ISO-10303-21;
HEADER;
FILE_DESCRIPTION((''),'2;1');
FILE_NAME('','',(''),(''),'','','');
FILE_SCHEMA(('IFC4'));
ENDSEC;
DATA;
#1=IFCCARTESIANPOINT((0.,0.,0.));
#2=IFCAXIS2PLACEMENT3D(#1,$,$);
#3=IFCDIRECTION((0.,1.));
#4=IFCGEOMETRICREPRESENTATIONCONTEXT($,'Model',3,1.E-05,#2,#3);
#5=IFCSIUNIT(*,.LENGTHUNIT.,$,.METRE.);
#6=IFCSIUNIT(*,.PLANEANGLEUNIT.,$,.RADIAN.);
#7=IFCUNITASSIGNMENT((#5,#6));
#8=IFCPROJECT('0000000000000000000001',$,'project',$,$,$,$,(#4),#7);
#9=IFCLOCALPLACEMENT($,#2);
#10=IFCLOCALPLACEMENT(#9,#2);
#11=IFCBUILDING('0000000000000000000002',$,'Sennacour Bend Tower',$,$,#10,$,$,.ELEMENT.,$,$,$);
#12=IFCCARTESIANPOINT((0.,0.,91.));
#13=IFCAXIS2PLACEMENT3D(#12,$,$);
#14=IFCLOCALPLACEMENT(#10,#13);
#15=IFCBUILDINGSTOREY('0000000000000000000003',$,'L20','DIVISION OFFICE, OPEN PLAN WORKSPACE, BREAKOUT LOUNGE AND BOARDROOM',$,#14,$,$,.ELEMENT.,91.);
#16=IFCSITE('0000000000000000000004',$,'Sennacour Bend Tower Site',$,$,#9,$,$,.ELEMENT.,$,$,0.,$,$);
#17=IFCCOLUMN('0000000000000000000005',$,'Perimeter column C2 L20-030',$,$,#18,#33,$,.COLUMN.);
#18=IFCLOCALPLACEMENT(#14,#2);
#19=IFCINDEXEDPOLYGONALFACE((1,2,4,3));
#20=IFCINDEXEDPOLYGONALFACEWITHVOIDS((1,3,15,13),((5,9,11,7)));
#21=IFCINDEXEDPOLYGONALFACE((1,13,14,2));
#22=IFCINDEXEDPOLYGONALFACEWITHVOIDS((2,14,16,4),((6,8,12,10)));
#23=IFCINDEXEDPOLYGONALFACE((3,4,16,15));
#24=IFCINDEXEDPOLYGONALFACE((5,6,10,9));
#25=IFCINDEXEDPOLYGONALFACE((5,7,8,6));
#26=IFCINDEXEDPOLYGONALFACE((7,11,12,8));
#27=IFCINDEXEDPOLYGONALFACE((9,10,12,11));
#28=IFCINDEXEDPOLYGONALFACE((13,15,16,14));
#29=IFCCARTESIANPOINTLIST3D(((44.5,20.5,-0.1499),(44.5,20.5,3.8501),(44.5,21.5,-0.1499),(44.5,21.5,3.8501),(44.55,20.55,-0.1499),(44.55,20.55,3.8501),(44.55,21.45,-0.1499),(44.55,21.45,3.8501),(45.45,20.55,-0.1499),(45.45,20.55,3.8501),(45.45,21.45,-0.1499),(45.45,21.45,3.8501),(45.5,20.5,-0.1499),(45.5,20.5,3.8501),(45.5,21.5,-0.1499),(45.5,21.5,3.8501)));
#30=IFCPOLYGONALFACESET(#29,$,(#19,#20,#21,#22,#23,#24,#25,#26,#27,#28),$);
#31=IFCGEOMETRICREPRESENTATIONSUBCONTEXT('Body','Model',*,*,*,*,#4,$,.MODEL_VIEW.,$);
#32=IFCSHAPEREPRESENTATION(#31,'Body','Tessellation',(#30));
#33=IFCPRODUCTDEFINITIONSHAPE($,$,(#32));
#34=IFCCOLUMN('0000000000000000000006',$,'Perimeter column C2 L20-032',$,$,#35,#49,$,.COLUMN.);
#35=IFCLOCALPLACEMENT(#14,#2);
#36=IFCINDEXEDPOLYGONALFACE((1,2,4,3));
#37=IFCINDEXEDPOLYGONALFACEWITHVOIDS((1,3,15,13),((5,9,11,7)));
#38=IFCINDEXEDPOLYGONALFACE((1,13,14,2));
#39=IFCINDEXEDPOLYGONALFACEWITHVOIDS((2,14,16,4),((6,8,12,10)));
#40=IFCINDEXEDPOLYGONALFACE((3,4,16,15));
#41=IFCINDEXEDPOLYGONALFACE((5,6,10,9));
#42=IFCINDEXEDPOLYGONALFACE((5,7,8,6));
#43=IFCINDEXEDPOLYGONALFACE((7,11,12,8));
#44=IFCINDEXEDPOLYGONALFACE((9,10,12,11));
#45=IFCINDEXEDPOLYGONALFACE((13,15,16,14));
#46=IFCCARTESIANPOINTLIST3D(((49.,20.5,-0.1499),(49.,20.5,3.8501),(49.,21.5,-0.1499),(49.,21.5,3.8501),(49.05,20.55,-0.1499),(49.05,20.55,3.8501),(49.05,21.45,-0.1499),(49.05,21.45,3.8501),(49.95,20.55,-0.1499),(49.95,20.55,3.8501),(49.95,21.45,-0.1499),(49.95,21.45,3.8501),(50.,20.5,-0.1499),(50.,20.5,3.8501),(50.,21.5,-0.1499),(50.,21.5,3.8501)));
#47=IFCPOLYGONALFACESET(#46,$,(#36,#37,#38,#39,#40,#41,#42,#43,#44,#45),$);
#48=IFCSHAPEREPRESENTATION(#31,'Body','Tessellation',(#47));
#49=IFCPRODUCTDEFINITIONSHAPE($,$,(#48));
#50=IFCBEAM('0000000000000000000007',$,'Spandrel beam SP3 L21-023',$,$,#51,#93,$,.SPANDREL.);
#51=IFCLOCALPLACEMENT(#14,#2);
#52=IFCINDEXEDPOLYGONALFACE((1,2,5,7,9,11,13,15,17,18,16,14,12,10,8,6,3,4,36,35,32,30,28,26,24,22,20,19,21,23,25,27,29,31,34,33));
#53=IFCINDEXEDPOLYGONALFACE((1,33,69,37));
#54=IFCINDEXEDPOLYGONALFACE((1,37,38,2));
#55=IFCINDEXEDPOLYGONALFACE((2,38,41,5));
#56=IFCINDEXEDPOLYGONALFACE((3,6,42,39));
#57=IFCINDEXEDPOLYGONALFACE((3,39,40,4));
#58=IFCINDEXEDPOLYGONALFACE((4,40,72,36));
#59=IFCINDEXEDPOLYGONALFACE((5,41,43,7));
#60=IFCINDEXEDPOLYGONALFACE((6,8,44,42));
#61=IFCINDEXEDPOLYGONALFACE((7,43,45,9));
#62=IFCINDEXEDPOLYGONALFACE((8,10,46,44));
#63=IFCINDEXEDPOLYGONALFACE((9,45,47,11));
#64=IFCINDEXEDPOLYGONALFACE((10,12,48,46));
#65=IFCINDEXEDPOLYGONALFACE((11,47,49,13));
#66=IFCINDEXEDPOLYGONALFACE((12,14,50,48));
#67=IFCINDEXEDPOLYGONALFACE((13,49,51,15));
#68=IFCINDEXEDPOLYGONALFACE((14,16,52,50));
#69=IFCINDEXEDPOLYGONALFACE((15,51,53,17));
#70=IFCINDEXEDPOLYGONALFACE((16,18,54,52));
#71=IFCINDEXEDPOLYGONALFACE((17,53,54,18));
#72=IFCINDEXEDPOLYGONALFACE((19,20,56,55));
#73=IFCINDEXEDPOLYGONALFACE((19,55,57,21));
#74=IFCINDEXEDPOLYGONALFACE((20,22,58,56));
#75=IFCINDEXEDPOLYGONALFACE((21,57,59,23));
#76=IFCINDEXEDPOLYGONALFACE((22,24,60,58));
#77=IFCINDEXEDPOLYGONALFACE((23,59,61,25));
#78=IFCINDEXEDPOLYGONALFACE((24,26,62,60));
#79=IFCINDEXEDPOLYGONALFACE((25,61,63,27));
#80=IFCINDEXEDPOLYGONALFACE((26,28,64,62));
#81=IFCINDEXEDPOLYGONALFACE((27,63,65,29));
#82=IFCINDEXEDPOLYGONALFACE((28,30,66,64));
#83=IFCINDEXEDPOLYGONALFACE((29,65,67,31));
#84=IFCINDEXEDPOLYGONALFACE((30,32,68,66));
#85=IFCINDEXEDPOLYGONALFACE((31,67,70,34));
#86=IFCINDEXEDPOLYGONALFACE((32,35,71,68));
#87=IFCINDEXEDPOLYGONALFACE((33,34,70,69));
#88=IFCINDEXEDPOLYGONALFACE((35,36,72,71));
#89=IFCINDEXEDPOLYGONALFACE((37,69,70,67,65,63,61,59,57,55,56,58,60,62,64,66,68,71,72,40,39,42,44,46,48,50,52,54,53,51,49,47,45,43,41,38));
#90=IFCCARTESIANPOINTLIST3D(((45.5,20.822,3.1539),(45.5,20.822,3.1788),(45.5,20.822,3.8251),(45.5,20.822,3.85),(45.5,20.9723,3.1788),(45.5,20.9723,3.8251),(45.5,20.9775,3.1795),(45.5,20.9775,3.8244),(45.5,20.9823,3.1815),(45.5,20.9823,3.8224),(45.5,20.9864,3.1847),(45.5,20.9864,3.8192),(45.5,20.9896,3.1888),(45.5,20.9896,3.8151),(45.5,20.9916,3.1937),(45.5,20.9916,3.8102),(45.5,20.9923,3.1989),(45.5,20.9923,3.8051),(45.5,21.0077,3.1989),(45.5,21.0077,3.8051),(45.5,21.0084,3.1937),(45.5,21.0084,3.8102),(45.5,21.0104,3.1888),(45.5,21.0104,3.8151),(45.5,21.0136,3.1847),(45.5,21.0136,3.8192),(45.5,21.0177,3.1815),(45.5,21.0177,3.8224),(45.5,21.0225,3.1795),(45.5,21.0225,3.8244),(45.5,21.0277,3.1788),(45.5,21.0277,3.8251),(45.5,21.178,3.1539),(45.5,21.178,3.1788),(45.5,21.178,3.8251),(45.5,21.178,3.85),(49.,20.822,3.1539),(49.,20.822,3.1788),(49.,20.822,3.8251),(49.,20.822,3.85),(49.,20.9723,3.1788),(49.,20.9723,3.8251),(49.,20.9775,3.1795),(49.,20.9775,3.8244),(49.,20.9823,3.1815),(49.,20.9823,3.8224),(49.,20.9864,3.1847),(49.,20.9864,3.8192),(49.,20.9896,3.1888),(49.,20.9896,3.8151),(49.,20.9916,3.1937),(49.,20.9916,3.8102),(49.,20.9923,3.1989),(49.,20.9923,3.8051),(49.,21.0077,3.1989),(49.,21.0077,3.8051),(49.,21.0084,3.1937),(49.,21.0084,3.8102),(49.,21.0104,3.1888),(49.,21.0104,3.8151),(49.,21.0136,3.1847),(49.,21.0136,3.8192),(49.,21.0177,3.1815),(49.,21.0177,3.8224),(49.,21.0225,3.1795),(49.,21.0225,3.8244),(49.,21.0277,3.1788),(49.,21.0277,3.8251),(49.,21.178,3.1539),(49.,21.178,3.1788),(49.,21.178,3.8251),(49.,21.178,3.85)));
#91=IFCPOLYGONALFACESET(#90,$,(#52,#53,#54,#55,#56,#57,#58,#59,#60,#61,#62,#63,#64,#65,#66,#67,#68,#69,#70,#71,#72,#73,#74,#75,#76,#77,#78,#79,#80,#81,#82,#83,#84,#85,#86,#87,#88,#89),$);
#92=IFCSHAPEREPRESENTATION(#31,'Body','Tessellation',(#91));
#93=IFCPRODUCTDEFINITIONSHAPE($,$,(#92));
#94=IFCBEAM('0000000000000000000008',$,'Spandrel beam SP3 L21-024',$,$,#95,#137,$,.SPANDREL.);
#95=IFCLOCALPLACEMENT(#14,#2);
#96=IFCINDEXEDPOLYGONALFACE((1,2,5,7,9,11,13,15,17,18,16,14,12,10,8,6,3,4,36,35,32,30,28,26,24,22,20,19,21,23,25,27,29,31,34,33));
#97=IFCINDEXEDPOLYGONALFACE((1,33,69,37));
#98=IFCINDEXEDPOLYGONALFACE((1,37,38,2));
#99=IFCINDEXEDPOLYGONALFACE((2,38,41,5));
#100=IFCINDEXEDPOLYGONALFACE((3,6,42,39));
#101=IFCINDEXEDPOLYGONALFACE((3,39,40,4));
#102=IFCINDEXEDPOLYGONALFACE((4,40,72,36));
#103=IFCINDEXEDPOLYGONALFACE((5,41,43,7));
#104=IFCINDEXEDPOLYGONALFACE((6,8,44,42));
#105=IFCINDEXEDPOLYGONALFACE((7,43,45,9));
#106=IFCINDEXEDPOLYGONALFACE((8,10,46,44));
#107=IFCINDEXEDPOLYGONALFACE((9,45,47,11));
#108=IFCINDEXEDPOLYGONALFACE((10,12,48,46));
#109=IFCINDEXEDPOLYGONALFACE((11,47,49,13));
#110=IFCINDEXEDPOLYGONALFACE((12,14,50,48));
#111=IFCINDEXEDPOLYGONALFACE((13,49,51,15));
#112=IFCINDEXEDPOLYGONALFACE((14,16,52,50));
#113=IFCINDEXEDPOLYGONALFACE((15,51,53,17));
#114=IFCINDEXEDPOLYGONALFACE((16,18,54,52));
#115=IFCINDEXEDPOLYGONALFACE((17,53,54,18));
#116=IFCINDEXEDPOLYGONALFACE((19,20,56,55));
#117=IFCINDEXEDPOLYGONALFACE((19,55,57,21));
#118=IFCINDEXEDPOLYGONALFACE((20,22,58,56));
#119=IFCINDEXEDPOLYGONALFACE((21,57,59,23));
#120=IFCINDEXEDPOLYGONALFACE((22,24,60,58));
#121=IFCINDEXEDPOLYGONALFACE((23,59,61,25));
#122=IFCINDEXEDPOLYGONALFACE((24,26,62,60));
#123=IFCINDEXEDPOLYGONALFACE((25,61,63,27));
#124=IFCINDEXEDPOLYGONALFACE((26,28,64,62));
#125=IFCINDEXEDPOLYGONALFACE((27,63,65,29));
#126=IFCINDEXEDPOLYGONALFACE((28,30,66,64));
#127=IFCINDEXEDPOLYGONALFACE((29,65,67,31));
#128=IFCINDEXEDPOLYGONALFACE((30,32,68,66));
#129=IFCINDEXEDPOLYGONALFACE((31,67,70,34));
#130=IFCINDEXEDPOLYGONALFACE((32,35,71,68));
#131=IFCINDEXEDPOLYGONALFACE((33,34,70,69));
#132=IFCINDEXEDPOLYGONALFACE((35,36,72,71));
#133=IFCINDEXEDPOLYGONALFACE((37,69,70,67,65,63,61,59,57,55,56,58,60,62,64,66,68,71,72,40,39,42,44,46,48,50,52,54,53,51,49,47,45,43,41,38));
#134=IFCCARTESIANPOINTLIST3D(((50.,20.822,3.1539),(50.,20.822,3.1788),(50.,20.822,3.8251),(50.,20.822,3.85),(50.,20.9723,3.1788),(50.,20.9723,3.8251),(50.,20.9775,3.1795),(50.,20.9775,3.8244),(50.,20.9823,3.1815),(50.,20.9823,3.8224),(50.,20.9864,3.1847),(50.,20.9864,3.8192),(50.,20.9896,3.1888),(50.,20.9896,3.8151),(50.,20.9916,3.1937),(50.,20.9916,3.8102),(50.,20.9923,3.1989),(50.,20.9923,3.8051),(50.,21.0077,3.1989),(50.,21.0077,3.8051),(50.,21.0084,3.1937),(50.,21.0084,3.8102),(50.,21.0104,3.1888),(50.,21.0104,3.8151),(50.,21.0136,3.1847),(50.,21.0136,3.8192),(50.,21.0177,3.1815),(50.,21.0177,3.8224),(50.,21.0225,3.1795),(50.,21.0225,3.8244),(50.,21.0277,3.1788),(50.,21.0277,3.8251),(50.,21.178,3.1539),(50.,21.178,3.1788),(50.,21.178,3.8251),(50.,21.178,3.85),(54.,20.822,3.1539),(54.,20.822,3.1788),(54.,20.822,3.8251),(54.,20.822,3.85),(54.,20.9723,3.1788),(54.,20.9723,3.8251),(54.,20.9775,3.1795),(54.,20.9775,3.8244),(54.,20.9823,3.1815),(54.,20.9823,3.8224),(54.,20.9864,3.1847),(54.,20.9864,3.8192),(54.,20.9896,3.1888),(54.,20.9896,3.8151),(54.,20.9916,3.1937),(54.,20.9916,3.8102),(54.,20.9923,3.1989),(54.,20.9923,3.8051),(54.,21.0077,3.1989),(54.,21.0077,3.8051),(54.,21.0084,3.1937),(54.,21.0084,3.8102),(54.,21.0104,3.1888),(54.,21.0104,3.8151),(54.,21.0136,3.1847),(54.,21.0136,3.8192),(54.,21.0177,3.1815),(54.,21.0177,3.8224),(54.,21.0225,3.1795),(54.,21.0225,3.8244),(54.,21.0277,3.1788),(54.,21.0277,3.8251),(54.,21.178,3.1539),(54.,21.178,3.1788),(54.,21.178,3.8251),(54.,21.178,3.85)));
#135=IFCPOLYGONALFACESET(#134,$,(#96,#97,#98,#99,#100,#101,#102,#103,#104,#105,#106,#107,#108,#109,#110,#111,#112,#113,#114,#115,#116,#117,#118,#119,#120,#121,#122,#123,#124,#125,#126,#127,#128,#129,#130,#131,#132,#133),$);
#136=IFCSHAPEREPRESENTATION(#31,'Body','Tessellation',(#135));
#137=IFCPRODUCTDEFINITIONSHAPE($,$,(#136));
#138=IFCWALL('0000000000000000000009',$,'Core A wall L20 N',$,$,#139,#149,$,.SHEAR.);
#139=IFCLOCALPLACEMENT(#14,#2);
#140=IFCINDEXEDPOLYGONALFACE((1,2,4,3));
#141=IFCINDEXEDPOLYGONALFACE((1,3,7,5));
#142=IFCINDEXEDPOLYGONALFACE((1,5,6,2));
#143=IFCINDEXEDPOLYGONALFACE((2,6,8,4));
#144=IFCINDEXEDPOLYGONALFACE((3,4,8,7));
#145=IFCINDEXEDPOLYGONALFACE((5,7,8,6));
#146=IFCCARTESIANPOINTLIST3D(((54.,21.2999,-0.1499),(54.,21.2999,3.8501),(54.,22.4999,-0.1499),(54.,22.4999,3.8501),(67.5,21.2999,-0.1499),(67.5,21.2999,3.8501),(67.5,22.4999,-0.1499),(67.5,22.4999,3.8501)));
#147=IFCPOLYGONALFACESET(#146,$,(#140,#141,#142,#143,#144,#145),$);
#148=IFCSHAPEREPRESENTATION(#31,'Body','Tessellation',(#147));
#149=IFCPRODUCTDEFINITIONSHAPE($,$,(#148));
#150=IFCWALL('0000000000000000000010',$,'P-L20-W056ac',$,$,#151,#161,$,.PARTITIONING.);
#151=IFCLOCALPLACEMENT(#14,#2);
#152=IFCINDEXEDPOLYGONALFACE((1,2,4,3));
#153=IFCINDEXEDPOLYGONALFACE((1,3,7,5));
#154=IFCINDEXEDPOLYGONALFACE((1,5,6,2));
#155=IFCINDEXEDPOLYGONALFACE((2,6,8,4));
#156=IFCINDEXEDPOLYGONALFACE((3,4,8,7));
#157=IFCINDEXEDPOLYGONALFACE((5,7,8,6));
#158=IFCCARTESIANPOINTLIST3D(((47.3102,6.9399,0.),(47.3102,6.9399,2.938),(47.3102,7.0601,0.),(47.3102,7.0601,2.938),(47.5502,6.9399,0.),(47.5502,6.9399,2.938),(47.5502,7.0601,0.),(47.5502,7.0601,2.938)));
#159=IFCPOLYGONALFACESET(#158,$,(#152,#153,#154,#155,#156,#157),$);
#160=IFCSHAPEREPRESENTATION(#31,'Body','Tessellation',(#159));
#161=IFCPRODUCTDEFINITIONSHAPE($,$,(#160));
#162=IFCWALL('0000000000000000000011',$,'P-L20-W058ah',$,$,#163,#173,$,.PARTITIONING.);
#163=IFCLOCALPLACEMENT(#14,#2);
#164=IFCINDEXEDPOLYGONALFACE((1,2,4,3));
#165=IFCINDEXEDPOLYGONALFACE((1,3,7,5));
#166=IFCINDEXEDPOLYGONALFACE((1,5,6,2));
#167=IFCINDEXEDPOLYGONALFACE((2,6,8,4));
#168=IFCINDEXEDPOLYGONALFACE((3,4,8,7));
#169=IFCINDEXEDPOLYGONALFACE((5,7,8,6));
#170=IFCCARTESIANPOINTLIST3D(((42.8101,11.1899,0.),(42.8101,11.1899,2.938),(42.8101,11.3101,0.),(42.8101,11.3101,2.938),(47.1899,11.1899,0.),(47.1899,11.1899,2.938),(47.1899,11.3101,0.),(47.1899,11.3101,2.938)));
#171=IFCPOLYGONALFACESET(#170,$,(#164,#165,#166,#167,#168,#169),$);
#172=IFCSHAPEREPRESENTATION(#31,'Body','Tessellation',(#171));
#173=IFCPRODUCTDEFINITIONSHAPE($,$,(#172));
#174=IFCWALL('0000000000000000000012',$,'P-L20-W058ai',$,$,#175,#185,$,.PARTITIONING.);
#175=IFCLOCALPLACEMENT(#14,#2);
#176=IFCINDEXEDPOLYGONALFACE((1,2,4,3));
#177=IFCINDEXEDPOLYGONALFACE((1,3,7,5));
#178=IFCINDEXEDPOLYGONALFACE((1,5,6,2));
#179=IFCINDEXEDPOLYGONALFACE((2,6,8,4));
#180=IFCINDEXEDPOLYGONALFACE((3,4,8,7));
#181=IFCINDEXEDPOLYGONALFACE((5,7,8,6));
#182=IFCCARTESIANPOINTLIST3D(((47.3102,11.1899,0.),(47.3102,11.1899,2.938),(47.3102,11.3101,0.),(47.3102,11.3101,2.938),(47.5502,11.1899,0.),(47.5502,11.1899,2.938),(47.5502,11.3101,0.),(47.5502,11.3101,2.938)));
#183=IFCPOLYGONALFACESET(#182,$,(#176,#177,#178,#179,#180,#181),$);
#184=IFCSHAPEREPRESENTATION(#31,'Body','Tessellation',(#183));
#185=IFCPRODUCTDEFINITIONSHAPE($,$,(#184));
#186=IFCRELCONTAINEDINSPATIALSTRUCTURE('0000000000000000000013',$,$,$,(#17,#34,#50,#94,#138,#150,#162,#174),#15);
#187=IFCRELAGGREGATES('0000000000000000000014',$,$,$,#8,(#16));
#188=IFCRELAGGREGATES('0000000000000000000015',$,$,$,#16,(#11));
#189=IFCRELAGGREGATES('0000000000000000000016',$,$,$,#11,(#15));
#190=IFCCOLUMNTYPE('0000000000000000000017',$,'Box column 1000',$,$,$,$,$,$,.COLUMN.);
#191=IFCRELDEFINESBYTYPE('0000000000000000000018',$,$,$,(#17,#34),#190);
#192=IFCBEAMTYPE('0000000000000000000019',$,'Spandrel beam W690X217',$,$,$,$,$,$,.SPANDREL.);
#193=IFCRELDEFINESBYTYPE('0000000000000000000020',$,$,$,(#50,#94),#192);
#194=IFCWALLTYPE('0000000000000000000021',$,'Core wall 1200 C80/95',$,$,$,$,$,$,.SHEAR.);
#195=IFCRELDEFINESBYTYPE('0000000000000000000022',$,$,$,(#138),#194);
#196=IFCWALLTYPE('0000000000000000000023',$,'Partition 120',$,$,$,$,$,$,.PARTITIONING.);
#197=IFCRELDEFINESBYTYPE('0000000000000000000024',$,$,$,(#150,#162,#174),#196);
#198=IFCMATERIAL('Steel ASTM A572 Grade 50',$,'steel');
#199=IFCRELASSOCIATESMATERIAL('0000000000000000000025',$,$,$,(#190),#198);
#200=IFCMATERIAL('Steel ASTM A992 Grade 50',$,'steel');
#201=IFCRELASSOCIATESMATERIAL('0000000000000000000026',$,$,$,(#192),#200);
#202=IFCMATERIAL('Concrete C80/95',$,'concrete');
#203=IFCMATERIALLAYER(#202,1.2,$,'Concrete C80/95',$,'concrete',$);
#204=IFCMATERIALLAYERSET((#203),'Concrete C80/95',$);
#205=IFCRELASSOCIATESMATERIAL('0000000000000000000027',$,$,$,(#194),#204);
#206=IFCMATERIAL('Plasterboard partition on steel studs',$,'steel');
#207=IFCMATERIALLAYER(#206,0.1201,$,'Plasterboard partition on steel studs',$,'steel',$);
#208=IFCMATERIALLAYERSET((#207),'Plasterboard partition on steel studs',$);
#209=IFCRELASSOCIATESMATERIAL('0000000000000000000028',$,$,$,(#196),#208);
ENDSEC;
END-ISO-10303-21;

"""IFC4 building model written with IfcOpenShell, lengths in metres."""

from ifc_helpers import new_model, si_unit, direction, frame, frame_2d, origin, origin_2d, place, context, subcontext, project, spatial, rectangle, hollow_rectangle, i_section, extrude, material, layer, layer_set, material_profile, profile_set, type_object, element, save


model = new_model("IFC4")

# Units and contexts
model_context = context("Model", 3, precision=1e-05, world=origin(), true_north=direction((0.0, 1.0)))
body_context = subcontext(model_context, "Body", "Model", "MODEL_VIEW")
ifc_project = project(units=[si_unit("LENGTHUNIT", "METRE"), si_unit("PLANEANGLEUNIT", "RADIAN")], contexts=[model_context])

# Site, building, storey
site_placement = place(None, origin())
site = spatial("IfcSite", under=ifc_project, at=site_placement, Name="Sennacour Bend Tower Site", CompositionType="ELEMENT", RefElevation=0.0)
building_placement = place(site_placement, origin())
building = spatial("IfcBuilding", under=site, at=building_placement, Name="Sennacour Bend Tower", CompositionType="ELEMENT")
storey_placement = place(building_placement, frame((0.0, 0.0, 91.0)))
storey = spatial("IfcBuildingStorey", under=building, at=storey_placement, Name="L20", Description="DIVISION OFFICE, OPEN PLAN WORKSPACE, BREAKOUT LOUNGE AND BOARDROOM", CompositionType="ELEMENT", Elevation=91.0)

# Columns
ifc_material_1 = material(Name="Steel ASTM A572 Grade 50", Category="steel")
ifc_material_profile_1 = material_profile(ifc_material_1, hollow_rectangle(XDim=1.0, YDim=1.0, WallThickness=0.05, at=origin_2d()), Name="Steel ASTM A572 Grade 50", Category="steel")
ifc_profile_set_1 = profile_set([ifc_material_profile_1], Name="Steel ASTM A572 Grade 50")
column_type = type_object("IfcColumnType", Name="Box column 1000", PredefinedType="COLUMN", material=ifc_profile_set_1)
for number, where, z_axis, x_axis, name in (
    (1, (45.0, 21.0, -0.1499), (0.0, 0.0, 1.0), (1.0, 0.0, 0.0), "Perimeter column C2 L20-030"),
    (2, (49.5, 21.0, -0.1499), (0.0, 0.0, 1.0), (1.0, 0.0, 0.0), "Perimeter column C2 L20-032"),
):
    element("IfcColumn", number, at=place(storey_placement, frame(where, z_axis=z_axis, x_axis=x_axis)), inside=storey, type_object=column_type, Name=name, PredefinedType="COLUMN", context=body_context, shape_type="SweptSolid", body=[
        extrude(hollow_rectangle(XDim=1.0, YDim=1.0, WallThickness=0.05, at=origin_2d()), origin(), (0.0, 0.0, 1.0), 4.0),
    ])

# Beams
ifc_material_2 = material(Name="Steel ASTM A992 Grade 50", Category="steel")
ifc_material_profile_2 = material_profile(ifc_material_2, i_section(OverallWidth=0.356, OverallDepth=0.696, WebThickness=0.0154, FlangeThickness=0.0249, FilletRadius=0.02, at=origin_2d()), Name="Steel ASTM A992 Grade 50", Category="steel")
ifc_profile_set_2 = profile_set([ifc_material_profile_2], Name="Steel ASTM A992 Grade 50")
beam_type = type_object("IfcBeamType", Name="Spandrel beam W690X217", PredefinedType="SPANDREL", material=ifc_profile_set_2)
beam_1_placement = place(storey_placement, frame((45.5, 21.0, 3.502), z_axis=(1.0, 0.0, 0.0), x_axis=(0.0, 1.0, 0.0)))
element("IfcBeam", 3, at=beam_1_placement, inside=storey, type_object=beam_type, Name="Spandrel beam SP3 L21-023", PredefinedType="SPANDREL", context=body_context, shape_type="SweptSolid", body=[
    extrude(i_section(OverallWidth=0.356, OverallDepth=0.696, WebThickness=0.0154, FlangeThickness=0.0249, FilletRadius=0.02, at=origin_2d()), origin(), (0.0, 0.0, 1.0), 3.5),
])
beam_2_placement = place(storey_placement, frame((50.0, 21.0, 3.502), z_axis=(1.0, 0.0, 0.0), x_axis=(0.0, 1.0, 0.0)))
element("IfcBeam", 4, at=beam_2_placement, inside=storey, type_object=beam_type, Name="Spandrel beam SP3 L21-024", PredefinedType="SPANDREL", context=body_context, shape_type="SweptSolid", body=[
    extrude(i_section(OverallWidth=0.356, OverallDepth=0.696, WebThickness=0.0154, FlangeThickness=0.0249, FilletRadius=0.02, at=origin_2d()), origin(), (0.0, 0.0, 1.0), 4.0),
])

# Walls
ifc_material_3 = material(Name="Concrete C80/95", Category="concrete")
ifc_layer_1 = layer(ifc_material_3, 1.2, Name="Concrete C80/95", Category="concrete")
ifc_layer_set_1 = layer_set([ifc_layer_1], Name="Concrete C80/95")
wall_type_1 = type_object("IfcWallType", Name="Core wall 1200 C80/95", PredefinedType="SHEAR", material=ifc_layer_set_1)
wall_1_placement = place(storey_placement, frame((54.0, 21.8999, -0.1499), z_axis=(0.0, 0.0, 1.0), x_axis=(1.0, 0.0, 0.0)))
element("IfcWall", 5, at=wall_1_placement, inside=storey, type_object=wall_type_1, Name="Core A wall L20 N", PredefinedType="SHEAR", context=body_context, shape_type="SweptSolid", body=[
    extrude(rectangle(XDim=13.5, YDim=1.2, at=frame_2d((6.75, 0.0))), origin(), (0.0, 0.0, 1.0), 4.0),
])
ifc_material_4 = material(Name="Plasterboard partition on steel studs", Category="steel")
ifc_layer_2 = layer(ifc_material_4, 0.1201, Name="Plasterboard partition on steel studs", Category="steel")
ifc_layer_set_2 = layer_set([ifc_layer_2], Name="Plasterboard partition on steel studs")
wall_type_2 = type_object("IfcWallType", Name="Partition 120", PredefinedType="PARTITIONING", material=ifc_layer_set_2)
wall_2_placement = place(storey_placement, frame((47.3101, 7.0, 0.0), z_axis=(0.0, 0.0, 1.0), x_axis=(1.0, 0.0, 0.0)))
element("IfcWall", 6, at=wall_2_placement, inside=storey, type_object=wall_type_2, Name="P-L20-W056ac", PredefinedType="PARTITIONING", context=body_context, shape_type="SweptSolid", body=[
    extrude(rectangle(XDim=0.24, YDim=0.1201, at=frame_2d((0.1201, 0.0))), origin(), (0.0, 0.0, 1.0), 2.938),
])
wall_3_placement = place(storey_placement, frame((42.8101, 11.25, 0.0), z_axis=(0.0, 0.0, 1.0), x_axis=(1.0, 0.0, 0.0)))
element("IfcWall", 7, at=wall_3_placement, inside=storey, type_object=wall_type_2, Name="P-L20-W058ah", PredefinedType="PARTITIONING", context=body_context, shape_type="SweptSolid", body=[
    extrude(rectangle(XDim=4.3799, YDim=0.1201, at=frame_2d((2.1899, 0.0))), origin(), (0.0, 0.0, 1.0), 2.938),
])
wall_4_placement = place(storey_placement, frame((47.3101, 11.25, 0.0), z_axis=(0.0, 0.0, 1.0), x_axis=(1.0, 0.0, 0.0)))
element("IfcWall", 8, at=wall_4_placement, inside=storey, type_object=wall_type_2, Name="P-L20-W058ai", PredefinedType="PARTITIONING", context=body_context, shape_type="SweptSolid", body=[
    extrude(rectangle(XDim=0.24, YDim=0.1201, at=frame_2d((0.1201, 0.0))), origin(), (0.0, 0.0, 1.0), 2.938),
])

save(model, "model.ifc")
